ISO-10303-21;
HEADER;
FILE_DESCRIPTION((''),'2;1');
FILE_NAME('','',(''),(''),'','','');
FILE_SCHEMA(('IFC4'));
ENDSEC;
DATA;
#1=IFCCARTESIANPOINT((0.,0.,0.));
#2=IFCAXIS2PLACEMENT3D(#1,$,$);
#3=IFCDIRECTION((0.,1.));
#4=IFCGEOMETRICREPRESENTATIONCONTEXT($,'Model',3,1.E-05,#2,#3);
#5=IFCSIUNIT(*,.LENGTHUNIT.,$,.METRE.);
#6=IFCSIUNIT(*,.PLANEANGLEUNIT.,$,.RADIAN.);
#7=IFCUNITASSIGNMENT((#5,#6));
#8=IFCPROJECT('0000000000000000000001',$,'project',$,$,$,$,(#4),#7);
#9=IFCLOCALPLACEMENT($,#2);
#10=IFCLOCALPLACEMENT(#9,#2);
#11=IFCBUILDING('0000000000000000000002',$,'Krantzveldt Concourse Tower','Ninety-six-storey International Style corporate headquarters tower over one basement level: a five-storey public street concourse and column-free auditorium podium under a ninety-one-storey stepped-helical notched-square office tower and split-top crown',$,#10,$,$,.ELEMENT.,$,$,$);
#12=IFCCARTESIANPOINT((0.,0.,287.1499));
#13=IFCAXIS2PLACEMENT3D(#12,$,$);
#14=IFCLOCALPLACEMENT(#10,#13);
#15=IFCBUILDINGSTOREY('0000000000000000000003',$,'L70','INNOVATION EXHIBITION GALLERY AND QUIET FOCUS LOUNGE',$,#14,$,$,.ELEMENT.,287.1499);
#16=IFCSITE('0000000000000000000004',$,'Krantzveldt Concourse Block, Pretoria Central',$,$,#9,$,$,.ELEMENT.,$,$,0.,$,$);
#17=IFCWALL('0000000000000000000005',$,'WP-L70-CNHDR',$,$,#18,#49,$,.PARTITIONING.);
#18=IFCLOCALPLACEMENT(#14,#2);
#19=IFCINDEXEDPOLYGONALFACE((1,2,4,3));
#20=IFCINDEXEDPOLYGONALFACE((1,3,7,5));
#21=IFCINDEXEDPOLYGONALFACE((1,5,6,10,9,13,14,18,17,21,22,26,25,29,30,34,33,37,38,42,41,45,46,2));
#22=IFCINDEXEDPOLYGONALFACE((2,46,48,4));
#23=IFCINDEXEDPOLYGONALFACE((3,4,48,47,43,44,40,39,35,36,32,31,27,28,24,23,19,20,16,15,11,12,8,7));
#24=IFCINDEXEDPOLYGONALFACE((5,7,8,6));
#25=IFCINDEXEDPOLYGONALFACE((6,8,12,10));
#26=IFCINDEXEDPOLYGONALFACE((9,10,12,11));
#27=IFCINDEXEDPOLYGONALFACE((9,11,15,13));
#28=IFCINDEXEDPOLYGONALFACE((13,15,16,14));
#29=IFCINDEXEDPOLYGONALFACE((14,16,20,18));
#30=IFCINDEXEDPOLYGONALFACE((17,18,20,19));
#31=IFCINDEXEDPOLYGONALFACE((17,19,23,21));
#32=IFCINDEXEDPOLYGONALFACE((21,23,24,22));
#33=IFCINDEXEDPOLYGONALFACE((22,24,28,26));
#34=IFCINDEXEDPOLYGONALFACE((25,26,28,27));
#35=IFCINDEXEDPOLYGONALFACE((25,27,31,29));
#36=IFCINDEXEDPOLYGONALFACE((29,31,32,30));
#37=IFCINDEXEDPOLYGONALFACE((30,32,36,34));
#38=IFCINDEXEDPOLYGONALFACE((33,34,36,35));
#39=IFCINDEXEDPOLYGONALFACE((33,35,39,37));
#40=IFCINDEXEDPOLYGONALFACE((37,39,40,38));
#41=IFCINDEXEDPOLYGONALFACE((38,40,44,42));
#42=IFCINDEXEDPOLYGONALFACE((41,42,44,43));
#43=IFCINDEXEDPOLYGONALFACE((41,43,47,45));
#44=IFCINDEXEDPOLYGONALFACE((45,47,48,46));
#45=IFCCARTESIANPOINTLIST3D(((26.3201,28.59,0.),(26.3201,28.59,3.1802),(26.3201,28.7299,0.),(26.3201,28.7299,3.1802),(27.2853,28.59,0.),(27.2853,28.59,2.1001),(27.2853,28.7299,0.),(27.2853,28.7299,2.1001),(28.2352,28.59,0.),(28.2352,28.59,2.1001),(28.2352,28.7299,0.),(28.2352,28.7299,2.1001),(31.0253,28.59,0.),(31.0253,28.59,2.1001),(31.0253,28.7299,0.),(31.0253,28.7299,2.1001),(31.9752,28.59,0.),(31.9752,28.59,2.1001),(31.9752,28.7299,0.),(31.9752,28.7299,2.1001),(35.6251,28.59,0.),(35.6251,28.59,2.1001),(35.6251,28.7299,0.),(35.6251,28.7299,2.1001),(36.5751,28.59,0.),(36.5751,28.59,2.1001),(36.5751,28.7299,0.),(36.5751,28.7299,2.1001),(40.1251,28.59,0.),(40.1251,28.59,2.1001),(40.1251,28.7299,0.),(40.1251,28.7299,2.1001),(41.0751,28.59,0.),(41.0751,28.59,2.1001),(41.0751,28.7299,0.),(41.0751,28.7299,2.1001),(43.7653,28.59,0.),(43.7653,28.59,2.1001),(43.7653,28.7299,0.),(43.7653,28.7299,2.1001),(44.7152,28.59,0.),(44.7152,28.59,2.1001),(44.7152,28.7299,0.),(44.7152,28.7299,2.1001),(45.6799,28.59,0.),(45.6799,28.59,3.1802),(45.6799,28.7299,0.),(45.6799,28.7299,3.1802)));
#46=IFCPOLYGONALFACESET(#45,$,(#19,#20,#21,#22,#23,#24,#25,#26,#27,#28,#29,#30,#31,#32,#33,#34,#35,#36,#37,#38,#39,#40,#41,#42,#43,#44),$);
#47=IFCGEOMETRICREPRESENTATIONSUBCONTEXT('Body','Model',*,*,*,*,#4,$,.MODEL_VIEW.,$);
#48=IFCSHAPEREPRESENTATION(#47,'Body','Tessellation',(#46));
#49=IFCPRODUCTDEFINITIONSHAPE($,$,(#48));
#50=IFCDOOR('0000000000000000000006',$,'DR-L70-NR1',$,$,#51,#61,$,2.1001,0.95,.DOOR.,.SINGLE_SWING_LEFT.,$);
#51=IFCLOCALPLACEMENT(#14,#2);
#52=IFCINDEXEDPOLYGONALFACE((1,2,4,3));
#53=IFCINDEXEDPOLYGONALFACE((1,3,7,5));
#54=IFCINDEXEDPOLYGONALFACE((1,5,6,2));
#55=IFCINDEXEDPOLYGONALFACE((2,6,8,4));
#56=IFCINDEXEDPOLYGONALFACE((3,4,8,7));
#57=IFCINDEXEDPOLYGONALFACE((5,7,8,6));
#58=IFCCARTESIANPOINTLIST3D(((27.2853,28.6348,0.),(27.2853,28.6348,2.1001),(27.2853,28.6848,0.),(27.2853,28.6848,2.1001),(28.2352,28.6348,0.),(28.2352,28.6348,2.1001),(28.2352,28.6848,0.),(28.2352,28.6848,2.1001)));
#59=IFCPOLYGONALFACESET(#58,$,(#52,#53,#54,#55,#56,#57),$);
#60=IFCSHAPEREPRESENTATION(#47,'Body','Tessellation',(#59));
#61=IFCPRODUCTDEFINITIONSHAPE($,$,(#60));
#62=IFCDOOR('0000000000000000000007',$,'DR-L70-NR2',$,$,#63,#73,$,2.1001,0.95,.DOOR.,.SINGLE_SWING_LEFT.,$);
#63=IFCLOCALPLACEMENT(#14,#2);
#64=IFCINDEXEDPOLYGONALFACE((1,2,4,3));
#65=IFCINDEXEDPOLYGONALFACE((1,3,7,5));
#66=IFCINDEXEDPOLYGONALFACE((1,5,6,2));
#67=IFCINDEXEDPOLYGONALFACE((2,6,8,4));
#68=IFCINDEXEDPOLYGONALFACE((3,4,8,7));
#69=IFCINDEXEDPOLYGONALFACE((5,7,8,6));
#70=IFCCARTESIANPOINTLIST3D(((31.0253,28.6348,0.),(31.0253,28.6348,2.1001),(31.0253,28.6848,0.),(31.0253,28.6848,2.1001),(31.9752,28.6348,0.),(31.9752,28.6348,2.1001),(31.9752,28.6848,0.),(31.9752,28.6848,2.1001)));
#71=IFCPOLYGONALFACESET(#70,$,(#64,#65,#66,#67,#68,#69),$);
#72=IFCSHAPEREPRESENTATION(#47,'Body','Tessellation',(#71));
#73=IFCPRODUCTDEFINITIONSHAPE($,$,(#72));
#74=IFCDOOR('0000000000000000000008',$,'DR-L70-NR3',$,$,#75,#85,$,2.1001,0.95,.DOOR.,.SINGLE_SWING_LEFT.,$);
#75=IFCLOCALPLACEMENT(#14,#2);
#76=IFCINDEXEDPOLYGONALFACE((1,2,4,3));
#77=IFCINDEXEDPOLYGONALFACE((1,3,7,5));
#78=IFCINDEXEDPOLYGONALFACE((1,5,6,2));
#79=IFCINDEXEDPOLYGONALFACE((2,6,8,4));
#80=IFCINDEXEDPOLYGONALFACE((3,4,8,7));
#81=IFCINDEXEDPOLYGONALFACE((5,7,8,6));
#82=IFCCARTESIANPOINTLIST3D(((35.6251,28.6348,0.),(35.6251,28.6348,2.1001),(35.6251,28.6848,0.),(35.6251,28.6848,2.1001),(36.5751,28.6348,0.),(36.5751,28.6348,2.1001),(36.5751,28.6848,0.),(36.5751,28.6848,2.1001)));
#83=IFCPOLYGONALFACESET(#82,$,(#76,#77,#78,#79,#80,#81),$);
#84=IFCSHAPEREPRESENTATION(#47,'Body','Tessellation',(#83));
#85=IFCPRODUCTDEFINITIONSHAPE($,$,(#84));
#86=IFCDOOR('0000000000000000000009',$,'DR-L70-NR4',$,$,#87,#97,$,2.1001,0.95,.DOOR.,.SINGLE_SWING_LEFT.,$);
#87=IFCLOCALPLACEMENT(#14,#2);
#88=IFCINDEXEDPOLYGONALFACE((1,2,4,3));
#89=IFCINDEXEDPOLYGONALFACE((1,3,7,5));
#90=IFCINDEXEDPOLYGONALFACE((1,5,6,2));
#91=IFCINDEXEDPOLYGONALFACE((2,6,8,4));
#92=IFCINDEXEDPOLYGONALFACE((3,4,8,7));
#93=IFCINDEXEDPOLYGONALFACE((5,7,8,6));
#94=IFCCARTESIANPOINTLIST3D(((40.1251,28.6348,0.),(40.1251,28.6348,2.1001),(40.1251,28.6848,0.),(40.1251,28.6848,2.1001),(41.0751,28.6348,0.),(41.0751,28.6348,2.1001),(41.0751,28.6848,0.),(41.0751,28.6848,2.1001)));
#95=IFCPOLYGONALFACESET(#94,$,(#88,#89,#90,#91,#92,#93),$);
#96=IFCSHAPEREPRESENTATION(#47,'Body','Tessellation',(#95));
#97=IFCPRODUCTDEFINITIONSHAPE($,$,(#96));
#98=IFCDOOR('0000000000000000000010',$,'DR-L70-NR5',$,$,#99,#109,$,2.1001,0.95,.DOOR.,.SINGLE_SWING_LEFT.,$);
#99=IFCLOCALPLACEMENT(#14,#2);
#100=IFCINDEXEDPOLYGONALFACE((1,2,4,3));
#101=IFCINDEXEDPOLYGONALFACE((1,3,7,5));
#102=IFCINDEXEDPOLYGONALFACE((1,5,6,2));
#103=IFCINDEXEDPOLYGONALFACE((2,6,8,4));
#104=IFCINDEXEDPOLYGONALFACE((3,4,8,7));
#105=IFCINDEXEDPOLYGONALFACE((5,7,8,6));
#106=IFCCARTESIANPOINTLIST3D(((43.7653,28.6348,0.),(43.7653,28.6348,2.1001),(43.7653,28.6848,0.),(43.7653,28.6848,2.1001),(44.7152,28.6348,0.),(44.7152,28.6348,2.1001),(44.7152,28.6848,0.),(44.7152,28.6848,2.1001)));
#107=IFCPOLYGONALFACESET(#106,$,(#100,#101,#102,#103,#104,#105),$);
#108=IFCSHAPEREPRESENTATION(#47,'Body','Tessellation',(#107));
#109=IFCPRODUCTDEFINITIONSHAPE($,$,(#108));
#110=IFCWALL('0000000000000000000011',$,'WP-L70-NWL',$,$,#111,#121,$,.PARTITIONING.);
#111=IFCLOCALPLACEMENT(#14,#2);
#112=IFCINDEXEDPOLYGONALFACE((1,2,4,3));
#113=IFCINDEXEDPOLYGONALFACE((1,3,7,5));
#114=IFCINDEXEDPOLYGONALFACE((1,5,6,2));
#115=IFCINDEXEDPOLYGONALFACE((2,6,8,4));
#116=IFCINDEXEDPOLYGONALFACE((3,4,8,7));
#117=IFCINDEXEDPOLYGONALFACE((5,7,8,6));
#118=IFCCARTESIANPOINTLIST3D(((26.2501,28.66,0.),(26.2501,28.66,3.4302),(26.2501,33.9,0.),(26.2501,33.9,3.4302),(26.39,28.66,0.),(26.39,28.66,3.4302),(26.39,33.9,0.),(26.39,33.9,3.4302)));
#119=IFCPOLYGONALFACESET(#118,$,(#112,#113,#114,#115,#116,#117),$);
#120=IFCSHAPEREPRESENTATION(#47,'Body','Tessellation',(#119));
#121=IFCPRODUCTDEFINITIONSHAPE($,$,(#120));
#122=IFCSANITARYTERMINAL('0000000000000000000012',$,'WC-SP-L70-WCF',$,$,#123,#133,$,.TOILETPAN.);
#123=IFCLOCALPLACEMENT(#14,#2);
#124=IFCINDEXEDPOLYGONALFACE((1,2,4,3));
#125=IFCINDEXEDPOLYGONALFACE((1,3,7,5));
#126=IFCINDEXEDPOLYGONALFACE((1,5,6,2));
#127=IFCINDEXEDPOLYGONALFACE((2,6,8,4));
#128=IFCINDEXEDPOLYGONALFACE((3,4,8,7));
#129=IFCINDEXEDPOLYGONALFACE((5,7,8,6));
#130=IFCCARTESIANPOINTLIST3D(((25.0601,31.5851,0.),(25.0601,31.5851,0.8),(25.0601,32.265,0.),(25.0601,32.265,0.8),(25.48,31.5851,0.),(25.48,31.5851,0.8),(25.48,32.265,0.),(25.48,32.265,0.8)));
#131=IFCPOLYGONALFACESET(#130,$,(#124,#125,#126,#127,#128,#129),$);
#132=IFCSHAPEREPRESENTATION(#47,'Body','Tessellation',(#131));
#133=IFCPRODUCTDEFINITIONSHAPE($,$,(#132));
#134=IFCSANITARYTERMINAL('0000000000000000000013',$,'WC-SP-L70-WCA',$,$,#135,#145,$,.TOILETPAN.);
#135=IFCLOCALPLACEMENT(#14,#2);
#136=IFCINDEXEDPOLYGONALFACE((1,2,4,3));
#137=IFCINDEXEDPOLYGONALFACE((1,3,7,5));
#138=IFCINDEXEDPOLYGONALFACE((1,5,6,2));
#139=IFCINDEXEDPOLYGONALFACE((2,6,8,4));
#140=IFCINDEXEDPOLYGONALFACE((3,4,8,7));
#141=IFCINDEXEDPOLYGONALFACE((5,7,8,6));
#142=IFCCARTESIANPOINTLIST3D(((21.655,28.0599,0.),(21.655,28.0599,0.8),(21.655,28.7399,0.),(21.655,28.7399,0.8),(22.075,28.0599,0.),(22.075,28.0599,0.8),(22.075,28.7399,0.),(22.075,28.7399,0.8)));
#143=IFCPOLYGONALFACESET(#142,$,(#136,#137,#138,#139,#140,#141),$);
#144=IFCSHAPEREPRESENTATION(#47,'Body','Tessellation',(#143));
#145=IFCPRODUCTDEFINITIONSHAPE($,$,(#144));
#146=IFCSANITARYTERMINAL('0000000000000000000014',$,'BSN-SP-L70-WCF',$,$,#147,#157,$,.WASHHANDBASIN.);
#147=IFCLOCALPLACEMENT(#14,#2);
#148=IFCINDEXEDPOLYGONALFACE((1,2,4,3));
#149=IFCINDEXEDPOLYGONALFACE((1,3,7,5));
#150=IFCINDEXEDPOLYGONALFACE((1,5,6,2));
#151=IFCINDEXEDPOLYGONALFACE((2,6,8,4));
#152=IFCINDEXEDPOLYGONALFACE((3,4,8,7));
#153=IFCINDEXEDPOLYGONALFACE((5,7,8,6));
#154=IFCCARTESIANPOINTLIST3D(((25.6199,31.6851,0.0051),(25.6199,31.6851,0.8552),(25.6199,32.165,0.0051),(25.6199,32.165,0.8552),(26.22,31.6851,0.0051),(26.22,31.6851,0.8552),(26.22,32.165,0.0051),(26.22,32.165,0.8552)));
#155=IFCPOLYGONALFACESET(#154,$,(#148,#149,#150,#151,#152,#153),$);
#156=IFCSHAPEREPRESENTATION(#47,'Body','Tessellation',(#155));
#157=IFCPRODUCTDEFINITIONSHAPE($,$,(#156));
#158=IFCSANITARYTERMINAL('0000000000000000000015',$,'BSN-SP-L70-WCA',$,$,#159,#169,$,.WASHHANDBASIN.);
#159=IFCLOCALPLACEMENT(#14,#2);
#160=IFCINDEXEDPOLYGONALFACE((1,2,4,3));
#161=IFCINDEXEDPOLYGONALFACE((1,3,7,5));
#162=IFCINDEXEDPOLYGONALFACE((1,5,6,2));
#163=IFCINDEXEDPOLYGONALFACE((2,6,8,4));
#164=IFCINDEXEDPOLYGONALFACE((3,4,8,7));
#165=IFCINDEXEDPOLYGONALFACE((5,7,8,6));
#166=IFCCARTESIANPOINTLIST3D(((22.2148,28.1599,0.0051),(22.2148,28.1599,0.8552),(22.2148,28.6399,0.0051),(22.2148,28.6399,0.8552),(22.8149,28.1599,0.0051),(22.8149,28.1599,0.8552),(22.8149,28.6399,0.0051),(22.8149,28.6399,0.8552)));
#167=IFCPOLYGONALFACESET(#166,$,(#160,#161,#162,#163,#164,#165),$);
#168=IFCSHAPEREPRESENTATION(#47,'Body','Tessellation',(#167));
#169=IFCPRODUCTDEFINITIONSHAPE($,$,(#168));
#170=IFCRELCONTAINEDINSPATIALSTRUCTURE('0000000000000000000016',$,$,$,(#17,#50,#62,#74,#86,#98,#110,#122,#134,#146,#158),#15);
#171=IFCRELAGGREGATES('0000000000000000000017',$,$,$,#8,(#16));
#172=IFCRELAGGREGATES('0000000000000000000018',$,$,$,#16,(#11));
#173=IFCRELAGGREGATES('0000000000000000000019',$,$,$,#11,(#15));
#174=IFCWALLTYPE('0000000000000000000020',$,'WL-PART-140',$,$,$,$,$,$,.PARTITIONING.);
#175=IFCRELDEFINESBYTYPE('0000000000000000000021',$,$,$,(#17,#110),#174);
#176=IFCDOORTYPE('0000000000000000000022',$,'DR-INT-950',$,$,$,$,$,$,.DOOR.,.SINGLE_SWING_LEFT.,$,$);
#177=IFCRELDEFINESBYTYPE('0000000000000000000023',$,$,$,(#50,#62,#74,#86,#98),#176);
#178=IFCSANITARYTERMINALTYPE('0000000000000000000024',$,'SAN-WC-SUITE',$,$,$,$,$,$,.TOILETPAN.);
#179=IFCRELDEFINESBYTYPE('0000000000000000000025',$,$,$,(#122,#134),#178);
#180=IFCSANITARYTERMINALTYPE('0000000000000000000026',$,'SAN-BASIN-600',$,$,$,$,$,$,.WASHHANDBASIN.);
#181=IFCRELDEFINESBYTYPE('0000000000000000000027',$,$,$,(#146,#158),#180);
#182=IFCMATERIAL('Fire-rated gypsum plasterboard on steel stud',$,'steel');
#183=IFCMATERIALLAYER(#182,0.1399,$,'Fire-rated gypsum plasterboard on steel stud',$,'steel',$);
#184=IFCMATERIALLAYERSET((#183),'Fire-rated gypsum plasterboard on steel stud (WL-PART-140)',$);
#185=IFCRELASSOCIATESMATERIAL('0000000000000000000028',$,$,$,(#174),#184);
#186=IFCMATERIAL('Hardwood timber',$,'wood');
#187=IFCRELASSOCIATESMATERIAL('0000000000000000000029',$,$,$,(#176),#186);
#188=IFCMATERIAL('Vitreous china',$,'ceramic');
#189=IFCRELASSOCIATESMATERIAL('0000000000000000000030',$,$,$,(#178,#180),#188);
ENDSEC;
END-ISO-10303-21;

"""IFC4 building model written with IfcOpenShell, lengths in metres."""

from ifc_helpers import new_model, si_unit, direction, frame, frame_2d, origin, origin_2d, place, context, subcontext, project, spatial, rectangle, extrude, source, transform, mapped, material, layer, layer_set, type_object, type_shapes, element, fill, save


model = new_model("IFC4")

# Units and contexts
model_context = context("Model", 3, precision=1e-05, world=origin(), true_north=direction((0.0, 1.0)))
body_context = subcontext(model_context, "Body", "Model", "MODEL_VIEW")
ifc_project = project(units=[si_unit("LENGTHUNIT", "METRE"), si_unit("PLANEANGLEUNIT", "RADIAN")], contexts=[model_context])

# Site, building, storey
site_placement = place(None, origin())
site = spatial("IfcSite", under=ifc_project, at=site_placement, Name="Krantzveldt Concourse Block, Pretoria Central", CompositionType="ELEMENT", RefElevation=0.0)
building_placement = place(site_placement, origin())
building = spatial("IfcBuilding", under=site, at=building_placement, Name="Krantzveldt Concourse Tower", Description="Ninety-six-storey International Style corporate headquarters tower over one basement level: a five-storey public street concourse and column-free auditorium podium under a ninety-one-storey stepped-helical notched-square office tower and split-top crown", CompositionType="ELEMENT")
storey_placement = place(building_placement, frame((0.0, 0.0, 287.1499)))
storey = spatial("IfcBuildingStorey", under=building, at=storey_placement, Name="L70", Description="INNOVATION EXHIBITION GALLERY AND QUIET FOCUS LOUNGE", CompositionType="ELEMENT", Elevation=287.1499)

# Shared definitions
ifc_material_1 = material(Name="Fire-rated gypsum plasterboard on steel stud", Category="steel")
ifc_material_2 = material(Name="Hardwood timber", Category="wood")

# Wall, openings, doors
ifc_layer_1 = layer(ifc_material_1, 0.1399, Name="Fire-rated gypsum plasterboard on steel stud", Category="steel")
ifc_layer_set_1 = layer_set([ifc_layer_1], Name="Fire-rated gypsum plasterboard on steel stud (WL-PART-140)")
wall_type_1 = type_object("IfcWallType", Name="WL-PART-140", PredefinedType="PARTITIONING", material=ifc_layer_set_1)
wall_1_placement = place(storey_placement, frame((26.3201, 28.6599, 0.0), z_axis=(0.0, 0.0, 1.0), x_axis=(1.0, 0.0, 0.0)))
wall_1 = element("IfcWall", 1, at=wall_1_placement, inside=storey, type_object=wall_type_1, Name="WP-L70-CNHDR", PredefinedType="PARTITIONING", context=body_context, shape_type="SweptSolid", body=[
    extrude(rectangle(XDim=19.3599, YDim=0.1399, at=frame_2d((9.6799, 0.0))), origin(), (0.0, 0.0, 1.0), 3.1802),
])
opening_1_placement = place(wall_1_placement, frame((0.9651, 0.0, 0.0)))
opening_1 = element("IfcOpeningElement", 2, at=opening_1_placement, cuts=wall_1, PredefinedType="OPENING", context=body_context, shape_type="SweptSolid", body=[
    extrude(rectangle(XDim=0.95, YDim=2.1001, at=frame_2d((0.4751, 1.05))), frame((0.0, 0.0801, 0.0), z_axis=(0.0, -1.0, 0.0), x_axis=(1.0, 0.0, 0.0)), (0.0, 0.0, 1.0), 0.1599),
])
opening_2_placement = place(wall_1_placement, frame((4.7051, 0.0, 0.0)))
opening_2 = element("IfcOpeningElement", 3, at=opening_2_placement, cuts=wall_1, PredefinedType="OPENING", context=body_context, shape_type="SweptSolid", body=[
    extrude(rectangle(XDim=0.95, YDim=2.1001, at=frame_2d((0.4751, 1.05))), frame((0.0, 0.0801, 0.0), z_axis=(0.0, -1.0, 0.0), x_axis=(1.0, 0.0, 0.0)), (0.0, 0.0, 1.0), 0.1599),
])
opening_3_placement = place(wall_1_placement, frame((9.3049, 0.0, 0.0)))
opening_3 = element("IfcOpeningElement", 4, at=opening_3_placement, cuts=wall_1, PredefinedType="OPENING", context=body_context, shape_type="SweptSolid", body=[
    extrude(rectangle(XDim=0.95, YDim=2.1001, at=frame_2d((0.4751, 1.05))), frame((0.0, 0.0801, 0.0), z_axis=(0.0, -1.0, 0.0), x_axis=(1.0, 0.0, 0.0)), (0.0, 0.0, 1.0), 0.1599),
])
opening_4_placement = place(wall_1_placement, frame((13.8049, 0.0, 0.0)))
opening_4 = element("IfcOpeningElement", 5, at=opening_4_placement, cuts=wall_1, PredefinedType="OPENING", context=body_context, shape_type="SweptSolid", body=[
    extrude(rectangle(XDim=0.95, YDim=2.1001, at=frame_2d((0.4751, 1.05))), frame((0.0, 0.0801, 0.0), z_axis=(0.0, -1.0, 0.0), x_axis=(1.0, 0.0, 0.0)), (0.0, 0.0, 1.0), 0.1599),
])
opening_5_placement = place(wall_1_placement, frame((17.4451, 0.0, 0.0)))
opening_5 = element("IfcOpeningElement", 6, at=opening_5_placement, cuts=wall_1, PredefinedType="OPENING", context=body_context, shape_type="SweptSolid", body=[
    extrude(rectangle(XDim=0.95, YDim=2.1001, at=frame_2d((0.4751, 1.05))), frame((0.0, 0.0801, 0.0), z_axis=(0.0, -1.0, 0.0), x_axis=(1.0, 0.0, 0.0)), (0.0, 0.0, 1.0), 0.1599),
])
door_type_1 = type_object("IfcDoorType", Name="DR-INT-950", OperationType="SINGLE_SWING_LEFT", PredefinedType="DOOR", material=ifc_material_2)
door_1_placement = place(opening_1_placement, origin())
door_1 = element("IfcDoor", 7, at=door_1_placement, inside=storey, type_object=door_type_1, Name="DR-L70-NR1", OperationType="SINGLE_SWING_LEFT", OverallHeight=2.1001, OverallWidth=0.95, PredefinedType="DOOR", context=body_context, shape_type="SweptSolid", body=[
    extrude(rectangle(XDim=0.95, YDim=2.1001, at=frame_2d((0.4751, 1.05))), frame((0.0, 0.0249, 0.0), z_axis=(0.0, -1.0, 0.0), x_axis=(1.0, 0.0, 0.0)), (0.0, 0.0, 1.0), 0.05),
])
fill(opening_1, door_1)
door_2_placement = place(opening_2_placement, origin())
door_2 = element("IfcDoor", 8, at=door_2_placement, inside=storey, type_object=door_type_1, Name="DR-L70-NR2", OperationType="SINGLE_SWING_LEFT", OverallHeight=2.1001, OverallWidth=0.95, PredefinedType="DOOR", context=body_context, shape_type="SweptSolid", body=[
    extrude(rectangle(XDim=0.95, YDim=2.1001, at=frame_2d((0.4751, 1.05))), frame((0.0, 0.0249, 0.0), z_axis=(0.0, -1.0, 0.0), x_axis=(1.0, 0.0, 0.0)), (0.0, 0.0, 1.0), 0.05),
])
fill(opening_2, door_2)
door_3_placement = place(opening_3_placement, origin())
door_3 = element("IfcDoor", 9, at=door_3_placement, inside=storey, type_object=door_type_1, Name="DR-L70-NR3", OperationType="SINGLE_SWING_LEFT", OverallHeight=2.1001, OverallWidth=0.95, PredefinedType="DOOR", context=body_context, shape_type="SweptSolid", body=[
    extrude(rectangle(XDim=0.95, YDim=2.1001, at=frame_2d((0.4751, 1.05))), frame((0.0, 0.0249, 0.0), z_axis=(0.0, -1.0, 0.0), x_axis=(1.0, 0.0, 0.0)), (0.0, 0.0, 1.0), 0.05),
])
fill(opening_3, door_3)
door_4_placement = place(opening_4_placement, origin())
door_4 = element("IfcDoor", 10, at=door_4_placement, inside=storey, type_object=door_type_1, Name="DR-L70-NR4", OperationType="SINGLE_SWING_LEFT", OverallHeight=2.1001, OverallWidth=0.95, PredefinedType="DOOR", context=body_context, shape_type="SweptSolid", body=[
    extrude(rectangle(XDim=0.95, YDim=2.1001, at=frame_2d((0.4751, 1.05))), frame((0.0, 0.0249, 0.0), z_axis=(0.0, -1.0, 0.0), x_axis=(1.0, 0.0, 0.0)), (0.0, 0.0, 1.0), 0.05),
])
fill(opening_4, door_4)
door_5_placement = place(opening_5_placement, origin())
door_5 = element("IfcDoor", 11, at=door_5_placement, inside=storey, type_object=door_type_1, Name="DR-L70-NR5", OperationType="SINGLE_SWING_LEFT", OverallHeight=2.1001, OverallWidth=0.95, PredefinedType="DOOR", context=body_context, shape_type="SweptSolid", body=[
    extrude(rectangle(XDim=0.95, YDim=2.1001, at=frame_2d((0.4751, 1.05))), frame((0.0, 0.0249, 0.0), z_axis=(0.0, -1.0, 0.0), x_axis=(1.0, 0.0, 0.0)), (0.0, 0.0, 1.0), 0.05),
])
fill(opening_5, door_5)

# Wall
wall_2_placement = place(storey_placement, frame((26.3201, 28.6599, 0.0), z_axis=(0.0, 0.0, 1.0), x_axis=(0.0, 1.0, 0.0)))
element("IfcWall", 12, at=wall_2_placement, inside=storey, type_object=wall_type_1, Name="WP-L70-NWL", PredefinedType="PARTITIONING", context=body_context, shape_type="SweptSolid", body=[
    extrude(rectangle(XDim=5.24, YDim=0.1399, at=frame_2d((2.6201, 0.0))), origin(), (0.0, 0.0, 1.0), 3.4302),
])

# Sanitary terminals
ifc_material_3 = material(Name="Vitreous china", Category="ceramic")
sanitary_terminal_type_1 = type_object("IfcSanitaryTerminalType", Name="SAN-WC-SUITE", PredefinedType="TOILETPAN", material=ifc_material_3)
shared_shape_1 = source(origin(), body_context, "Body", "SweptSolid", [
    extrude(rectangle(XDim=0.4199, YDim=0.6799, at=origin_2d()), origin(), (0.0, 0.0, 1.0), 0.8),
])
type_shapes(sanitary_terminal_type_1, [shared_shape_1])
for number, where, z_axis, x_axis, name in (
    (13, (25.27, 31.925, 0.0), (0.0, 0.0, 1.0), (1.0, 0.0, 0.0), "WC-SP-L70-WCF"),
    (14, (21.865, 28.3999, 0.0), (0.0, 0.0, 1.0), (1.0, 0.0, 0.0), "WC-SP-L70-WCA"),
):
    element("IfcSanitaryTerminal", number, at=place(storey_placement, frame(where, z_axis=z_axis, x_axis=x_axis)), inside=storey, type_object=sanitary_terminal_type_1, Name=name, PredefinedType="TOILETPAN", context=body_context, shape_type="MappedRepresentation", body=[
        mapped(shared_shape_1, transform((0.0, 0.0, 0.0), x_axis=(1.0, 0.0, 0.0), y_axis=(0.0, 1.0, 0.0), z_axis=(0.0, 0.0, 1.0), scale=1.0)),
    ])
sanitary_terminal_type_2 = type_object("IfcSanitaryTerminalType", Name="SAN-BASIN-600", PredefinedType="WASHHANDBASIN", material=ifc_material_3)
shared_shape_2 = source(origin(), body_context, "Body", "SweptSolid", [
    extrude(rectangle(XDim=0.6001, YDim=0.48, at=origin_2d()), origin(), (0.0, 0.0, 1.0), 0.8501),
])
type_shapes(sanitary_terminal_type_2, [shared_shape_2])
for number, where, z_axis, x_axis, name in (
    (15, (25.9199, 31.925, 0.0051), (0.0, 0.0, 1.0), (1.0, 0.0, 0.0), "BSN-SP-L70-WCF"),
    (16, (22.5149, 28.3999, 0.0051), (0.0, 0.0, 1.0), (1.0, 0.0, 0.0), "BSN-SP-L70-WCA"),
):
    element("IfcSanitaryTerminal", number, at=place(storey_placement, frame(where, z_axis=z_axis, x_axis=x_axis)), inside=storey, type_object=sanitary_terminal_type_2, Name=name, PredefinedType="WASHHANDBASIN", context=body_context, shape_type="MappedRepresentation", body=[
        mapped(shared_shape_2, transform((0.0, 0.0, 0.0), x_axis=(1.0, 0.0, 0.0), y_axis=(0.0, 1.0, 0.0), z_axis=(0.0, 0.0, 1.0), scale=1.0)),
    ])

save(model, "model.ifc")
